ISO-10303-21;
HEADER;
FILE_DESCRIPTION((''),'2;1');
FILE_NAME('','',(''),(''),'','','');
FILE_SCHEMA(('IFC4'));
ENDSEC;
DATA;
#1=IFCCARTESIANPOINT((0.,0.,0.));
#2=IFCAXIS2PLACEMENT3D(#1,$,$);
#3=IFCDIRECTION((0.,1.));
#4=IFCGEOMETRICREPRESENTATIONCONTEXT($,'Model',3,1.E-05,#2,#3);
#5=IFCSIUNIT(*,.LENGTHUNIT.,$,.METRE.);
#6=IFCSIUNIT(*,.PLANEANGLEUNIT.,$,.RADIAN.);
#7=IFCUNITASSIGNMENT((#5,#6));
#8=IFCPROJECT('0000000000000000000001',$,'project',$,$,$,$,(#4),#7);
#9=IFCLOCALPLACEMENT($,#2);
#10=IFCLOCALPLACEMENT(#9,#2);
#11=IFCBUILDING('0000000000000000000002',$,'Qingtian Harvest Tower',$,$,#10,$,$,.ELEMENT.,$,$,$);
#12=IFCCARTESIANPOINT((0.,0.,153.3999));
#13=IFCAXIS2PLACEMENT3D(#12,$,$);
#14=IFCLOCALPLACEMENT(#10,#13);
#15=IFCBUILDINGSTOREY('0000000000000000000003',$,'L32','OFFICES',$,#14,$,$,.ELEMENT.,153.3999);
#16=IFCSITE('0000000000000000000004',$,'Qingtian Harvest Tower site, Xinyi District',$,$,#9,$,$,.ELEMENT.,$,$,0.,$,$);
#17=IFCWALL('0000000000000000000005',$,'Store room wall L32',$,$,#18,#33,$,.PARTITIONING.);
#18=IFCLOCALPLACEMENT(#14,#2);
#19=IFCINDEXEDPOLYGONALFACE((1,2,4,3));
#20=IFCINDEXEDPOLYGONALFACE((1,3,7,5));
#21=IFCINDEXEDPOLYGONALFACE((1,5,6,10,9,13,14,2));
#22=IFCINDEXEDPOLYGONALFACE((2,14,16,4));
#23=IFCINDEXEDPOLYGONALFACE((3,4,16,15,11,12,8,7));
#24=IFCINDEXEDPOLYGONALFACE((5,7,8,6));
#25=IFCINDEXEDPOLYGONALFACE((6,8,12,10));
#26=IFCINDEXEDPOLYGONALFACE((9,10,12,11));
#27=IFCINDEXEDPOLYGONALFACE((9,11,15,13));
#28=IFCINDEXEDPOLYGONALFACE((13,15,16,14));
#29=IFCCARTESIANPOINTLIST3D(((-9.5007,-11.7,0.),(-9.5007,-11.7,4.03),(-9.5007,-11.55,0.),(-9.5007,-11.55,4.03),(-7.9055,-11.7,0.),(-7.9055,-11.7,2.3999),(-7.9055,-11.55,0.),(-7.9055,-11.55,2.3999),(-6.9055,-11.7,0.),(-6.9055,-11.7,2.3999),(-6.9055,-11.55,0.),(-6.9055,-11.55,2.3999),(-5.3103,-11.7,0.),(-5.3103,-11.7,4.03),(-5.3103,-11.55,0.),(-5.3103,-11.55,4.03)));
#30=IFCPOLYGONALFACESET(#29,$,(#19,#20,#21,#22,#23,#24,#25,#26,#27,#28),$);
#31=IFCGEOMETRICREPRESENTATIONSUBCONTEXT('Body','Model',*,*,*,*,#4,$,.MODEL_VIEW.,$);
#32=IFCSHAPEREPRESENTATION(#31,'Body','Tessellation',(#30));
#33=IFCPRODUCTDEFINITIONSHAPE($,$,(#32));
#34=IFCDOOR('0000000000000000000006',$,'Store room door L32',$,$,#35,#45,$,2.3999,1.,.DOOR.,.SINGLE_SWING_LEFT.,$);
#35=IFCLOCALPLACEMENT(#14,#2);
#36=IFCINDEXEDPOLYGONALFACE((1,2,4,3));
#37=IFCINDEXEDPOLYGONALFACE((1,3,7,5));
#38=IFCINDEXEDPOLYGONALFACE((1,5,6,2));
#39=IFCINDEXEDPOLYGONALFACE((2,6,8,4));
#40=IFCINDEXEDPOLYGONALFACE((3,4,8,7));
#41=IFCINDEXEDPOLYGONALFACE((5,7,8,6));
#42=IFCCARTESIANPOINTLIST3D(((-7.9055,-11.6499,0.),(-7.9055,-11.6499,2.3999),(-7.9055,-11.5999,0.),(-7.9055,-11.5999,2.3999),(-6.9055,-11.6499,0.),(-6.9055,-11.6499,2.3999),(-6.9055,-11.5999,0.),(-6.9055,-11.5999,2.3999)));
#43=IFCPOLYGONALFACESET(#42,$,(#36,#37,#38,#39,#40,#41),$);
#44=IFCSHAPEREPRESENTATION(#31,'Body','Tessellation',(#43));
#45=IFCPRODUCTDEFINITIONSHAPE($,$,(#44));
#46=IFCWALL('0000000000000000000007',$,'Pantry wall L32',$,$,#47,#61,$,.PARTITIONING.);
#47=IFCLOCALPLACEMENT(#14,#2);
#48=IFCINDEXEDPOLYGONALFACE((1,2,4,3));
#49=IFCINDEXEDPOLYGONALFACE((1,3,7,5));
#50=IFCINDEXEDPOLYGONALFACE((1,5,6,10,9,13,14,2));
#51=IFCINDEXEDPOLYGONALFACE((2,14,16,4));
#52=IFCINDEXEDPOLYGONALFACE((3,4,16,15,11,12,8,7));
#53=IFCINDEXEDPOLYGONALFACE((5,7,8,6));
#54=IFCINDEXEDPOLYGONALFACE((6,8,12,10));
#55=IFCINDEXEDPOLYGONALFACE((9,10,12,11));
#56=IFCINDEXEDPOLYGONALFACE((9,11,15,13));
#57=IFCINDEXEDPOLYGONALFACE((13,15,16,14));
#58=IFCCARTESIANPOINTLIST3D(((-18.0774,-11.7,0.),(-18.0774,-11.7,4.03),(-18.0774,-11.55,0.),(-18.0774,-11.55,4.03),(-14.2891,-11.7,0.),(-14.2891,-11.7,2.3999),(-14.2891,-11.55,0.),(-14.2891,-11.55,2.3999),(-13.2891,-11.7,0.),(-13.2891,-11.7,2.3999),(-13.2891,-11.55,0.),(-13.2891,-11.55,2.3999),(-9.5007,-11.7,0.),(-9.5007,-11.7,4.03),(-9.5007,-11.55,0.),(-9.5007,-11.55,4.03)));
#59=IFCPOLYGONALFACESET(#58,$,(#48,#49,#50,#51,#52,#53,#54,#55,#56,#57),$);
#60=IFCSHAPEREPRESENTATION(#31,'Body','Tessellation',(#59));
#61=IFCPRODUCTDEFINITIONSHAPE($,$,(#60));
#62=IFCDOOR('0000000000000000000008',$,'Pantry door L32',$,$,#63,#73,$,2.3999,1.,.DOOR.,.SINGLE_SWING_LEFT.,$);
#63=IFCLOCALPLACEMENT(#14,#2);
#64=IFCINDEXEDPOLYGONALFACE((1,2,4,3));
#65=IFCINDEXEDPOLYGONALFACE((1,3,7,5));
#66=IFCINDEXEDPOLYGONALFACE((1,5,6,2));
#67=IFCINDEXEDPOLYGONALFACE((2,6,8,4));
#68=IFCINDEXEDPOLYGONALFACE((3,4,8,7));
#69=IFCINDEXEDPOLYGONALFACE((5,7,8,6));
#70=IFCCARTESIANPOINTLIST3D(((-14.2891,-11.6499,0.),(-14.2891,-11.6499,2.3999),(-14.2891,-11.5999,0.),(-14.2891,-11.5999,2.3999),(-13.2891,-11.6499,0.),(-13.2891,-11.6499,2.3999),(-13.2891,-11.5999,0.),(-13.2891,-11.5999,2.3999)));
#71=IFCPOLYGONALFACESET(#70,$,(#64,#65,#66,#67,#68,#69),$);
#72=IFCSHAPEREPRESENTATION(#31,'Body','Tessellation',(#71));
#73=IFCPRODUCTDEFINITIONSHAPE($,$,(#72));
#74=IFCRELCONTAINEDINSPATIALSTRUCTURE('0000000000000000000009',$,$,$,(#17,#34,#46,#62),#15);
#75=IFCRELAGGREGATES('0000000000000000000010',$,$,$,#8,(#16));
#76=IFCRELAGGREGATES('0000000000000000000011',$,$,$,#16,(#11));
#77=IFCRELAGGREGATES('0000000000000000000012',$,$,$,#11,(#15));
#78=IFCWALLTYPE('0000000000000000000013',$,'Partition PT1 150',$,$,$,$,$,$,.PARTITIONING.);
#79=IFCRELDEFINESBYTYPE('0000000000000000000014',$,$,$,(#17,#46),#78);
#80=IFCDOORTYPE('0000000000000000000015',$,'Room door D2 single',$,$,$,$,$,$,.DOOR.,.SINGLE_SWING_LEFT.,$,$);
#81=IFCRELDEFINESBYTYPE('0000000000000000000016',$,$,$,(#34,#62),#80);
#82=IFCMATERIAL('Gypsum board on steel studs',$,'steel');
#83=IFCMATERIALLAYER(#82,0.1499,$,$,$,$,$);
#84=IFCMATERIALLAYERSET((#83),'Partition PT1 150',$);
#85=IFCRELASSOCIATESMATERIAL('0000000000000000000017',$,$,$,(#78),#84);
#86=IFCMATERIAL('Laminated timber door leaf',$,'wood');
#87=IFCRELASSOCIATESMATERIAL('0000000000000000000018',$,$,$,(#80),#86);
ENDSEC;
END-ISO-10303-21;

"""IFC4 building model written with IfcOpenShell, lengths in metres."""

from ifc_helpers import new_model, si_unit, direction, frame, frame_2d, origin, place, context, subcontext, project, spatial, rectangle, extrude, material, layer, layer_set, type_object, element, fill, save


model = new_model("IFC4")

# Units and contexts
model_context = context("Model", 3, precision=1e-05, world=origin(), true_north=direction((0.0, 1.0)))
body_context = subcontext(model_context, "Body", "Model", "MODEL_VIEW")
ifc_project = project(units=[si_unit("LENGTHUNIT", "METRE"), si_unit("PLANEANGLEUNIT", "RADIAN")], contexts=[model_context])

# Site, building, storey
site_placement = place(None, origin())
site = spatial("IfcSite", under=ifc_project, at=site_placement, Name="Qingtian Harvest Tower site, Xinyi District", CompositionType="ELEMENT", RefElevation=0.0)
building_placement = place(site_placement, origin())
building = spatial("IfcBuilding", under=site, at=building_placement, Name="Qingtian Harvest Tower", CompositionType="ELEMENT")
storey_placement = place(building_placement, frame((0.0, 0.0, 153.3999)))
storey = spatial("IfcBuildingStorey", under=building, at=storey_placement, Name="L32", Description="OFFICES", CompositionType="ELEMENT", Elevation=153.3999)

# Shared definitions
ifc_material_1 = material(Name="Gypsum board on steel studs", Category="steel")
ifc_layer_1 = layer(ifc_material_1, 0.1499)
ifc_layer_set_1 = layer_set([ifc_layer_1], Name="Partition PT1 150")
wall_type_1 = type_object("IfcWallType", Name="Partition PT1 150", PredefinedType="PARTITIONING", material=ifc_layer_set_1)

# Walls, openings, doors
wall_1_placement = place(storey_placement, frame((-5.3103, -11.625, 0.0), z_axis=(0.0, 0.0, 1.0), x_axis=(-1.0, 0.0, 0.0)))
wall_1 = element("IfcWall", 1, at=wall_1_placement, inside=storey, type_object=wall_type_1, Name="Store room wall L32", PredefinedType="PARTITIONING", context=body_context, shape_type="SweptSolid", body=[
    extrude(rectangle(XDim=4.1904, YDim=0.1499, at=frame_2d((2.0952, 0.0))), origin(), (0.0, 0.0, 1.0), 4.03),
])
opening_1_placement = place(wall_1_placement, frame((1.5952, 0.0, 0.0)))
opening_1 = element("IfcOpeningElement", 2, at=opening_1_placement, cuts=wall_1, PredefinedType="OPENING", context=body_context, shape_type="SweptSolid", body=[
    extrude(rectangle(XDim=1.0, YDim=2.3999, at=frame_2d((0.5, 1.2))), frame((0.0, 0.085, 0.0), z_axis=(0.0, -1.0, 0.0), x_axis=(1.0, 0.0, 0.0)), (0.0, 0.0, 1.0), 0.1699),
])
ifc_material_2 = material(Name="Laminated timber door leaf", Category="wood")
door_type_1 = type_object("IfcDoorType", Name="Room door D2 single", OperationType="SINGLE_SWING_LEFT", PredefinedType="DOOR", material=ifc_material_2)
door_1_placement = place(opening_1_placement, origin())
door_1 = element("IfcDoor", 3, at=door_1_placement, inside=storey, type_object=door_type_1, Name="Store room door L32", OperationType="SINGLE_SWING_LEFT", OverallHeight=2.3999, OverallWidth=1.0, PredefinedType="DOOR", context=body_context, shape_type="SweptSolid", body=[
    extrude(rectangle(XDim=1.0, YDim=2.3999, at=frame_2d((0.5, 1.2))), frame((0.0, 0.0249, 0.0), z_axis=(0.0, -1.0, 0.0), x_axis=(1.0, 0.0, 0.0)), (0.0, 0.0, 1.0), 0.05),
])
fill(opening_1, door_1)
wall_2_placement = place(storey_placement, frame((-9.5007, -11.625, 0.0), z_axis=(0.0, 0.0, 1.0), x_axis=(-1.0, 0.0, 0.0)))
wall_2 = element("IfcWall", 4, at=wall_2_placement, inside=storey, type_object=wall_type_1, Name="Pantry wall L32", PredefinedType="PARTITIONING", context=body_context, shape_type="SweptSolid", body=[
    extrude(rectangle(XDim=8.5767, YDim=0.1499, at=frame_2d((4.2883, 0.0))), origin(), (0.0, 0.0, 1.0), 4.03),
])
opening_2_placement = place(wall_2_placement, frame((3.7883, 0.0, 0.0)))
opening_2 = element("IfcOpeningElement", 5, at=opening_2_placement, cuts=wall_2, PredefinedType="OPENING", context=body_context, shape_type="SweptSolid", body=[
    extrude(rectangle(XDim=1.0, YDim=2.3999, at=frame_2d((0.5, 1.2))), frame((0.0, 0.085, 0.0), z_axis=(0.0, -1.0, 0.0), x_axis=(1.0, 0.0, 0.0)), (0.0, 0.0, 1.0), 0.1699),
])
door_2_placement = place(opening_2_placement, origin())
door_2 = element("IfcDoor", 6, at=door_2_placement, inside=storey, type_object=door_type_1, Name="Pantry door L32", OperationType="SINGLE_SWING_LEFT", OverallHeight=2.3999, OverallWidth=1.0, PredefinedType="DOOR", context=body_context, shape_type="SweptSolid", body=[
    extrude(rectangle(XDim=1.0, YDim=2.3999, at=frame_2d((0.5, 1.2))), frame((0.0, 0.0249, 0.0), z_axis=(0.0, -1.0, 0.0), x_axis=(1.0, 0.0, 0.0)), (0.0, 0.0, 1.0), 0.05),
])
fill(opening_2, door_2)

save(model, "model.ifc")
